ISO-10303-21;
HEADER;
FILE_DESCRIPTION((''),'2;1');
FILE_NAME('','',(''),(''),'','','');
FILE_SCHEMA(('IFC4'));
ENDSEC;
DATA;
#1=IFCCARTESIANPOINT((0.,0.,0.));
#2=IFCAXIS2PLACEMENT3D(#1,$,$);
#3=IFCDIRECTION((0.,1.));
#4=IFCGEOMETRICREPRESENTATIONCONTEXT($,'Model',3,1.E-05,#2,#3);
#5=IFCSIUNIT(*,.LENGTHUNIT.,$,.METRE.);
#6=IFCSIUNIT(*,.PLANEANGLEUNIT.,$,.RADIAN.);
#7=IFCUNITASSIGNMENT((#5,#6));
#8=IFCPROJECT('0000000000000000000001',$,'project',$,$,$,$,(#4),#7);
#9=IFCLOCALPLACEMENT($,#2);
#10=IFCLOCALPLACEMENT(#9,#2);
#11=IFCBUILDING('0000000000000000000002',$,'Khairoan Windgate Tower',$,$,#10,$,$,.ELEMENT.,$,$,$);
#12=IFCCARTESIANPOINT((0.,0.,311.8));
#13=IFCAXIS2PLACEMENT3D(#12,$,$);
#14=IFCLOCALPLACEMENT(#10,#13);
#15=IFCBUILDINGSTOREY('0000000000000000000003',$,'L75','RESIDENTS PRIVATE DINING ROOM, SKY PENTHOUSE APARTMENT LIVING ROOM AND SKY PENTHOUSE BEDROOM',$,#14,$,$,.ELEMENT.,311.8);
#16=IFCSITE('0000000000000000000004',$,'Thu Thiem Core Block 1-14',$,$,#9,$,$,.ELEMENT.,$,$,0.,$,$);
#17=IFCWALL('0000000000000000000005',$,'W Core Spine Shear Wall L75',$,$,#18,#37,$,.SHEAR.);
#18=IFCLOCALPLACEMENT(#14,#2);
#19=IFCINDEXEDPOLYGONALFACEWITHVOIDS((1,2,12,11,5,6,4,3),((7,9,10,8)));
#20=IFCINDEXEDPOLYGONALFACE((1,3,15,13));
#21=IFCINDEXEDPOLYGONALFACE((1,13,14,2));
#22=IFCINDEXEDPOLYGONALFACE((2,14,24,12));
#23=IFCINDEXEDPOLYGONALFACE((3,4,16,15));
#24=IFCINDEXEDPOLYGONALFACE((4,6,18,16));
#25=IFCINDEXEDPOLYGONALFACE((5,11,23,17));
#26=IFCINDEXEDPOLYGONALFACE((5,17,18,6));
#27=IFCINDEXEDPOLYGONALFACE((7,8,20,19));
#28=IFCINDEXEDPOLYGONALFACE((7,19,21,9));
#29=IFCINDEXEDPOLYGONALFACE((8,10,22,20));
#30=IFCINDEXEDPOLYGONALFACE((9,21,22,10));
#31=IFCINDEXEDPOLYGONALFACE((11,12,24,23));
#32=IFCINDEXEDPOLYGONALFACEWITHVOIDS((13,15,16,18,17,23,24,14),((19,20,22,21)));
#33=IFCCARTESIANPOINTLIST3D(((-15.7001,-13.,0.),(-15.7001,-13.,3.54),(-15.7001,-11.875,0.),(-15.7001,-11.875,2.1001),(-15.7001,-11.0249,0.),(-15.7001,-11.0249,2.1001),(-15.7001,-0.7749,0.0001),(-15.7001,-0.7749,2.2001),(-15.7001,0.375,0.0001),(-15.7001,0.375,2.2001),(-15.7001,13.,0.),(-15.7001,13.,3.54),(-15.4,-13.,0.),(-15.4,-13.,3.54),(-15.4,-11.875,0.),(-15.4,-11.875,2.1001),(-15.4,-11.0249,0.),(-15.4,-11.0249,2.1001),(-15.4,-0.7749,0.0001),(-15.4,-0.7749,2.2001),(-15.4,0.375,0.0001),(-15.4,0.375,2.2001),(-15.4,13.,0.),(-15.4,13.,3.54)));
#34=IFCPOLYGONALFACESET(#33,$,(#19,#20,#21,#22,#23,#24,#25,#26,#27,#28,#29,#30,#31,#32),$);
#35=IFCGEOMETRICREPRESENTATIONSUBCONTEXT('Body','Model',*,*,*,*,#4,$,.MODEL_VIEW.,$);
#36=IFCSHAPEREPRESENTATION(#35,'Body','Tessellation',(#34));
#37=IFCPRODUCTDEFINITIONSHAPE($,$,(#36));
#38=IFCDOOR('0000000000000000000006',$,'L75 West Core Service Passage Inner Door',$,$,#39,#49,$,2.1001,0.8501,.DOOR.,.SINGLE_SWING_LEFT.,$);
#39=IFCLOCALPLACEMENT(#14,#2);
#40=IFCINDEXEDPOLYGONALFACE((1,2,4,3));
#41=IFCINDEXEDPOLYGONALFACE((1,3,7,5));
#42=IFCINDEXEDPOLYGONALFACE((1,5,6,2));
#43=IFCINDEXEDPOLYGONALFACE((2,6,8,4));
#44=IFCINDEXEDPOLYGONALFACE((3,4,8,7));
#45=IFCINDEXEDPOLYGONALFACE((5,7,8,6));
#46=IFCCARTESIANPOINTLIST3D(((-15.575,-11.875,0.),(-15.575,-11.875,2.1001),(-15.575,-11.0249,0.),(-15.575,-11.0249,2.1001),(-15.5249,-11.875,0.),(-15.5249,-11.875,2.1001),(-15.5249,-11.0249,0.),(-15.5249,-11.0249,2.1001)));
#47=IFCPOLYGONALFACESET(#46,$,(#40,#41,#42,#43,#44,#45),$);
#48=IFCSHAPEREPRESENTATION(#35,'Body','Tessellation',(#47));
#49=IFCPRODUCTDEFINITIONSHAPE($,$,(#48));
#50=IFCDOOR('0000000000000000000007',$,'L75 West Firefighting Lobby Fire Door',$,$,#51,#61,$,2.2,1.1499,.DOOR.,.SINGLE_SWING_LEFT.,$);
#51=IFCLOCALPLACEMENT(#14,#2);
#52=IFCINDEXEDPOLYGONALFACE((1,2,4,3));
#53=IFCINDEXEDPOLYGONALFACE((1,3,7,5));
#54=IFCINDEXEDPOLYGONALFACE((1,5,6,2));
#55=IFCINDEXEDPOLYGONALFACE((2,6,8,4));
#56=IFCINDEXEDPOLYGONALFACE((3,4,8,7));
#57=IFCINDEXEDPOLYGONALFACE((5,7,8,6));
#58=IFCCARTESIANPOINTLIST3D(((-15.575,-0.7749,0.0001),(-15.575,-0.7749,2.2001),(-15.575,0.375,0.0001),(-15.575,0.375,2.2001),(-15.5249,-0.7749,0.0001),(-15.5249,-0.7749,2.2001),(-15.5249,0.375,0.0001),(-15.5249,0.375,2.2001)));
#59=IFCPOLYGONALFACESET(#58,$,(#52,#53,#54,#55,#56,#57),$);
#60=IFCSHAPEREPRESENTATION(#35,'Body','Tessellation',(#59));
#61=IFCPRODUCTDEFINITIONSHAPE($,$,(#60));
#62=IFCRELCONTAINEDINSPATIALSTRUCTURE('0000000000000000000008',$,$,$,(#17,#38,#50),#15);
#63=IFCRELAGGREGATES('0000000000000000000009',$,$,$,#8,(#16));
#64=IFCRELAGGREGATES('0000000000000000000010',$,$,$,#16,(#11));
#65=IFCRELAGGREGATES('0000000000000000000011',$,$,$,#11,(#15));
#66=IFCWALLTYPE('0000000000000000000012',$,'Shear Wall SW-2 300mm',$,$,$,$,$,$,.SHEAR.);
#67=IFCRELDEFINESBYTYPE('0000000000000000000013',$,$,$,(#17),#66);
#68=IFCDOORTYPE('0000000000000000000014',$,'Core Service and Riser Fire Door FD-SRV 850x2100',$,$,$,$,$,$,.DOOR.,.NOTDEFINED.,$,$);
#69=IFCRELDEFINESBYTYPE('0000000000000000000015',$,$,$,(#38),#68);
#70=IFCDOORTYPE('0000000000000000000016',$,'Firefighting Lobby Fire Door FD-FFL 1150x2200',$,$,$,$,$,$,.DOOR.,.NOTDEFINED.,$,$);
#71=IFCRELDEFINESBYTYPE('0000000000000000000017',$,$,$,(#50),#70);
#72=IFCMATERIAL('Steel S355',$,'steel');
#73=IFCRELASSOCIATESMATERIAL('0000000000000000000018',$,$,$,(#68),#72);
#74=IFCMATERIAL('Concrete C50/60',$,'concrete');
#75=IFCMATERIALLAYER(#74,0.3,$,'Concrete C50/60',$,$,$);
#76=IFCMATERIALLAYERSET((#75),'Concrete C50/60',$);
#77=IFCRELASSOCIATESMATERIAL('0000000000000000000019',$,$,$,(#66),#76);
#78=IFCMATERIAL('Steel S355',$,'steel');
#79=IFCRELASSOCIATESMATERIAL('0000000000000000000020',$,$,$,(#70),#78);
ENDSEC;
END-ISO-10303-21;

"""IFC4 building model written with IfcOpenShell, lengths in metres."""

from ifc_helpers import new_model, si_unit, direction, frame, frame_2d, origin, place, context, subcontext, project, spatial, rectangle, extrude, material, layer, layer_set, type_object, element, fill, save


model = new_model("IFC4")

# Units and contexts
model_context = context("Model", 3, precision=1e-05, world=origin(), true_north=direction((0.0, 1.0)))
body_context = subcontext(model_context, "Body", "Model", "MODEL_VIEW")
ifc_project = project(units=[si_unit("LENGTHUNIT", "METRE"), si_unit("PLANEANGLEUNIT", "RADIAN")], contexts=[model_context])

# Site, building, storey
site_placement = place(None, origin())
site = spatial("IfcSite", under=ifc_project, at=site_placement, Name="Thu Thiem Core Block 1-14", CompositionType="ELEMENT", RefElevation=0.0)
building_placement = place(site_placement, origin())
building = spatial("IfcBuilding", under=site, at=building_placement, Name="Khairoan Windgate Tower", CompositionType="ELEMENT")
storey_placement = place(building_placement, frame((0.0, 0.0, 311.8)))
storey = spatial("IfcBuildingStorey", under=building, at=storey_placement, Name="L75", Description="RESIDENTS PRIVATE DINING ROOM, SKY PENTHOUSE APARTMENT LIVING ROOM AND SKY PENTHOUSE BEDROOM", CompositionType="ELEMENT", Elevation=311.8)

# Shared definitions
ifc_material_1 = material(Name="Steel S355", Category="steel")
door_type_1 = type_object("IfcDoorType", Name="Core Service and Riser Fire Door FD-SRV 850x2100", OperationType="NOTDEFINED", PredefinedType="DOOR", material=ifc_material_1)

# Wall, openings, doors
ifc_material_2 = material(Name="Concrete C50/60", Category="concrete")
ifc_layer_1 = layer(ifc_material_2, 0.3, Name="Concrete C50/60")
ifc_layer_set_1 = layer_set([ifc_layer_1], Name="Concrete C50/60")
wall_type_1 = type_object("IfcWallType", Name="Shear Wall SW-2 300mm", PredefinedType="SHEAR", material=ifc_layer_set_1)
wall_1_placement = place(storey_placement, frame((-15.55, -13.0, 0.0), z_axis=(0.0, 0.0, 1.0), x_axis=(0.0, 1.0, 0.0)))
wall_1 = element("IfcWall", 1, at=wall_1_placement, inside=storey, type_object=wall_type_1, Name="W Core Spine Shear Wall L75", PredefinedType="SHEAR", context=body_context, shape_type="SweptSolid", body=[
    extrude(rectangle(XDim=26.0, YDim=0.3, at=frame_2d((13.0, 0.0))), origin(), (0.0, 0.0, 1.0), 3.54),
])
opening_1_placement = place(wall_1_placement, frame((12.2251, 0.0, 0.0)))
opening_1 = element("IfcOpeningElement", 2, at=opening_1_placement, cuts=wall_1, PredefinedType="OPENING", context=body_context, shape_type="SweptSolid", body=[
    extrude(rectangle(XDim=1.1499, YDim=2.2, at=frame_2d((0.575, 1.1001))), frame((0.0, 0.1599, 0.0), z_axis=(0.0, -1.0, 0.0), x_axis=(1.0, 0.0, 0.0)), (0.0, 0.0, 1.0), 0.3201),
])
opening_2_placement = place(wall_1_placement, frame((1.125, 0.0, 0.0)))
opening_2 = element("IfcOpeningElement", 3, at=opening_2_placement, cuts=wall_1, PredefinedType="OPENING", context=body_context, shape_type="SweptSolid", body=[
    extrude(rectangle(XDim=0.8501, YDim=2.1001, at=frame_2d((0.425, 1.05))), frame((0.0, 0.1599, 0.0), z_axis=(0.0, -1.0, 0.0), x_axis=(1.0, 0.0, 0.0)), (0.0, 0.0, 1.0), 0.3201),
])
door_1_placement = place(opening_2_placement, origin())
door_1 = element("IfcDoor", 4, at=door_1_placement, inside=storey, type_object=door_type_1, Name="L75 West Core Service Passage Inner Door", OperationType="SINGLE_SWING_LEFT", OverallHeight=2.1001, OverallWidth=0.8501, PredefinedType="DOOR", context=body_context, shape_type="SweptSolid", body=[
    extrude(rectangle(XDim=0.8501, YDim=2.1001, at=frame_2d((0.425, 1.05))), frame((0.0, 0.0249, 0.0), z_axis=(0.0, -1.0, 0.0), x_axis=(1.0, 0.0, 0.0)), (0.0, 0.0, 1.0), 0.05),
])
fill(opening_2, door_1)
ifc_material_3 = material(Name="Steel S355", Category="steel")
door_type_2 = type_object("IfcDoorType", Name="Firefighting Lobby Fire Door FD-FFL 1150x2200", OperationType="NOTDEFINED", PredefinedType="DOOR", material=ifc_material_3)
door_2_placement = place(opening_1_placement, origin())
door_2 = element("IfcDoor", 5, at=door_2_placement, inside=storey, type_object=door_type_2, Name="L75 West Firefighting Lobby Fire Door", OperationType="SINGLE_SWING_LEFT", OverallHeight=2.2, OverallWidth=1.1499, PredefinedType="DOOR", context=body_context, shape_type="SweptSolid", body=[
    extrude(rectangle(XDim=1.1499, YDim=2.2, at=frame_2d((0.575, 1.1001))), frame((0.0, 0.0249, 0.0), z_axis=(0.0, -1.0, 0.0), x_axis=(1.0, 0.0, 0.0)), (0.0, 0.0, 1.0), 0.05),
])
fill(opening_1, door_2)

save(model, "model.ifc")
